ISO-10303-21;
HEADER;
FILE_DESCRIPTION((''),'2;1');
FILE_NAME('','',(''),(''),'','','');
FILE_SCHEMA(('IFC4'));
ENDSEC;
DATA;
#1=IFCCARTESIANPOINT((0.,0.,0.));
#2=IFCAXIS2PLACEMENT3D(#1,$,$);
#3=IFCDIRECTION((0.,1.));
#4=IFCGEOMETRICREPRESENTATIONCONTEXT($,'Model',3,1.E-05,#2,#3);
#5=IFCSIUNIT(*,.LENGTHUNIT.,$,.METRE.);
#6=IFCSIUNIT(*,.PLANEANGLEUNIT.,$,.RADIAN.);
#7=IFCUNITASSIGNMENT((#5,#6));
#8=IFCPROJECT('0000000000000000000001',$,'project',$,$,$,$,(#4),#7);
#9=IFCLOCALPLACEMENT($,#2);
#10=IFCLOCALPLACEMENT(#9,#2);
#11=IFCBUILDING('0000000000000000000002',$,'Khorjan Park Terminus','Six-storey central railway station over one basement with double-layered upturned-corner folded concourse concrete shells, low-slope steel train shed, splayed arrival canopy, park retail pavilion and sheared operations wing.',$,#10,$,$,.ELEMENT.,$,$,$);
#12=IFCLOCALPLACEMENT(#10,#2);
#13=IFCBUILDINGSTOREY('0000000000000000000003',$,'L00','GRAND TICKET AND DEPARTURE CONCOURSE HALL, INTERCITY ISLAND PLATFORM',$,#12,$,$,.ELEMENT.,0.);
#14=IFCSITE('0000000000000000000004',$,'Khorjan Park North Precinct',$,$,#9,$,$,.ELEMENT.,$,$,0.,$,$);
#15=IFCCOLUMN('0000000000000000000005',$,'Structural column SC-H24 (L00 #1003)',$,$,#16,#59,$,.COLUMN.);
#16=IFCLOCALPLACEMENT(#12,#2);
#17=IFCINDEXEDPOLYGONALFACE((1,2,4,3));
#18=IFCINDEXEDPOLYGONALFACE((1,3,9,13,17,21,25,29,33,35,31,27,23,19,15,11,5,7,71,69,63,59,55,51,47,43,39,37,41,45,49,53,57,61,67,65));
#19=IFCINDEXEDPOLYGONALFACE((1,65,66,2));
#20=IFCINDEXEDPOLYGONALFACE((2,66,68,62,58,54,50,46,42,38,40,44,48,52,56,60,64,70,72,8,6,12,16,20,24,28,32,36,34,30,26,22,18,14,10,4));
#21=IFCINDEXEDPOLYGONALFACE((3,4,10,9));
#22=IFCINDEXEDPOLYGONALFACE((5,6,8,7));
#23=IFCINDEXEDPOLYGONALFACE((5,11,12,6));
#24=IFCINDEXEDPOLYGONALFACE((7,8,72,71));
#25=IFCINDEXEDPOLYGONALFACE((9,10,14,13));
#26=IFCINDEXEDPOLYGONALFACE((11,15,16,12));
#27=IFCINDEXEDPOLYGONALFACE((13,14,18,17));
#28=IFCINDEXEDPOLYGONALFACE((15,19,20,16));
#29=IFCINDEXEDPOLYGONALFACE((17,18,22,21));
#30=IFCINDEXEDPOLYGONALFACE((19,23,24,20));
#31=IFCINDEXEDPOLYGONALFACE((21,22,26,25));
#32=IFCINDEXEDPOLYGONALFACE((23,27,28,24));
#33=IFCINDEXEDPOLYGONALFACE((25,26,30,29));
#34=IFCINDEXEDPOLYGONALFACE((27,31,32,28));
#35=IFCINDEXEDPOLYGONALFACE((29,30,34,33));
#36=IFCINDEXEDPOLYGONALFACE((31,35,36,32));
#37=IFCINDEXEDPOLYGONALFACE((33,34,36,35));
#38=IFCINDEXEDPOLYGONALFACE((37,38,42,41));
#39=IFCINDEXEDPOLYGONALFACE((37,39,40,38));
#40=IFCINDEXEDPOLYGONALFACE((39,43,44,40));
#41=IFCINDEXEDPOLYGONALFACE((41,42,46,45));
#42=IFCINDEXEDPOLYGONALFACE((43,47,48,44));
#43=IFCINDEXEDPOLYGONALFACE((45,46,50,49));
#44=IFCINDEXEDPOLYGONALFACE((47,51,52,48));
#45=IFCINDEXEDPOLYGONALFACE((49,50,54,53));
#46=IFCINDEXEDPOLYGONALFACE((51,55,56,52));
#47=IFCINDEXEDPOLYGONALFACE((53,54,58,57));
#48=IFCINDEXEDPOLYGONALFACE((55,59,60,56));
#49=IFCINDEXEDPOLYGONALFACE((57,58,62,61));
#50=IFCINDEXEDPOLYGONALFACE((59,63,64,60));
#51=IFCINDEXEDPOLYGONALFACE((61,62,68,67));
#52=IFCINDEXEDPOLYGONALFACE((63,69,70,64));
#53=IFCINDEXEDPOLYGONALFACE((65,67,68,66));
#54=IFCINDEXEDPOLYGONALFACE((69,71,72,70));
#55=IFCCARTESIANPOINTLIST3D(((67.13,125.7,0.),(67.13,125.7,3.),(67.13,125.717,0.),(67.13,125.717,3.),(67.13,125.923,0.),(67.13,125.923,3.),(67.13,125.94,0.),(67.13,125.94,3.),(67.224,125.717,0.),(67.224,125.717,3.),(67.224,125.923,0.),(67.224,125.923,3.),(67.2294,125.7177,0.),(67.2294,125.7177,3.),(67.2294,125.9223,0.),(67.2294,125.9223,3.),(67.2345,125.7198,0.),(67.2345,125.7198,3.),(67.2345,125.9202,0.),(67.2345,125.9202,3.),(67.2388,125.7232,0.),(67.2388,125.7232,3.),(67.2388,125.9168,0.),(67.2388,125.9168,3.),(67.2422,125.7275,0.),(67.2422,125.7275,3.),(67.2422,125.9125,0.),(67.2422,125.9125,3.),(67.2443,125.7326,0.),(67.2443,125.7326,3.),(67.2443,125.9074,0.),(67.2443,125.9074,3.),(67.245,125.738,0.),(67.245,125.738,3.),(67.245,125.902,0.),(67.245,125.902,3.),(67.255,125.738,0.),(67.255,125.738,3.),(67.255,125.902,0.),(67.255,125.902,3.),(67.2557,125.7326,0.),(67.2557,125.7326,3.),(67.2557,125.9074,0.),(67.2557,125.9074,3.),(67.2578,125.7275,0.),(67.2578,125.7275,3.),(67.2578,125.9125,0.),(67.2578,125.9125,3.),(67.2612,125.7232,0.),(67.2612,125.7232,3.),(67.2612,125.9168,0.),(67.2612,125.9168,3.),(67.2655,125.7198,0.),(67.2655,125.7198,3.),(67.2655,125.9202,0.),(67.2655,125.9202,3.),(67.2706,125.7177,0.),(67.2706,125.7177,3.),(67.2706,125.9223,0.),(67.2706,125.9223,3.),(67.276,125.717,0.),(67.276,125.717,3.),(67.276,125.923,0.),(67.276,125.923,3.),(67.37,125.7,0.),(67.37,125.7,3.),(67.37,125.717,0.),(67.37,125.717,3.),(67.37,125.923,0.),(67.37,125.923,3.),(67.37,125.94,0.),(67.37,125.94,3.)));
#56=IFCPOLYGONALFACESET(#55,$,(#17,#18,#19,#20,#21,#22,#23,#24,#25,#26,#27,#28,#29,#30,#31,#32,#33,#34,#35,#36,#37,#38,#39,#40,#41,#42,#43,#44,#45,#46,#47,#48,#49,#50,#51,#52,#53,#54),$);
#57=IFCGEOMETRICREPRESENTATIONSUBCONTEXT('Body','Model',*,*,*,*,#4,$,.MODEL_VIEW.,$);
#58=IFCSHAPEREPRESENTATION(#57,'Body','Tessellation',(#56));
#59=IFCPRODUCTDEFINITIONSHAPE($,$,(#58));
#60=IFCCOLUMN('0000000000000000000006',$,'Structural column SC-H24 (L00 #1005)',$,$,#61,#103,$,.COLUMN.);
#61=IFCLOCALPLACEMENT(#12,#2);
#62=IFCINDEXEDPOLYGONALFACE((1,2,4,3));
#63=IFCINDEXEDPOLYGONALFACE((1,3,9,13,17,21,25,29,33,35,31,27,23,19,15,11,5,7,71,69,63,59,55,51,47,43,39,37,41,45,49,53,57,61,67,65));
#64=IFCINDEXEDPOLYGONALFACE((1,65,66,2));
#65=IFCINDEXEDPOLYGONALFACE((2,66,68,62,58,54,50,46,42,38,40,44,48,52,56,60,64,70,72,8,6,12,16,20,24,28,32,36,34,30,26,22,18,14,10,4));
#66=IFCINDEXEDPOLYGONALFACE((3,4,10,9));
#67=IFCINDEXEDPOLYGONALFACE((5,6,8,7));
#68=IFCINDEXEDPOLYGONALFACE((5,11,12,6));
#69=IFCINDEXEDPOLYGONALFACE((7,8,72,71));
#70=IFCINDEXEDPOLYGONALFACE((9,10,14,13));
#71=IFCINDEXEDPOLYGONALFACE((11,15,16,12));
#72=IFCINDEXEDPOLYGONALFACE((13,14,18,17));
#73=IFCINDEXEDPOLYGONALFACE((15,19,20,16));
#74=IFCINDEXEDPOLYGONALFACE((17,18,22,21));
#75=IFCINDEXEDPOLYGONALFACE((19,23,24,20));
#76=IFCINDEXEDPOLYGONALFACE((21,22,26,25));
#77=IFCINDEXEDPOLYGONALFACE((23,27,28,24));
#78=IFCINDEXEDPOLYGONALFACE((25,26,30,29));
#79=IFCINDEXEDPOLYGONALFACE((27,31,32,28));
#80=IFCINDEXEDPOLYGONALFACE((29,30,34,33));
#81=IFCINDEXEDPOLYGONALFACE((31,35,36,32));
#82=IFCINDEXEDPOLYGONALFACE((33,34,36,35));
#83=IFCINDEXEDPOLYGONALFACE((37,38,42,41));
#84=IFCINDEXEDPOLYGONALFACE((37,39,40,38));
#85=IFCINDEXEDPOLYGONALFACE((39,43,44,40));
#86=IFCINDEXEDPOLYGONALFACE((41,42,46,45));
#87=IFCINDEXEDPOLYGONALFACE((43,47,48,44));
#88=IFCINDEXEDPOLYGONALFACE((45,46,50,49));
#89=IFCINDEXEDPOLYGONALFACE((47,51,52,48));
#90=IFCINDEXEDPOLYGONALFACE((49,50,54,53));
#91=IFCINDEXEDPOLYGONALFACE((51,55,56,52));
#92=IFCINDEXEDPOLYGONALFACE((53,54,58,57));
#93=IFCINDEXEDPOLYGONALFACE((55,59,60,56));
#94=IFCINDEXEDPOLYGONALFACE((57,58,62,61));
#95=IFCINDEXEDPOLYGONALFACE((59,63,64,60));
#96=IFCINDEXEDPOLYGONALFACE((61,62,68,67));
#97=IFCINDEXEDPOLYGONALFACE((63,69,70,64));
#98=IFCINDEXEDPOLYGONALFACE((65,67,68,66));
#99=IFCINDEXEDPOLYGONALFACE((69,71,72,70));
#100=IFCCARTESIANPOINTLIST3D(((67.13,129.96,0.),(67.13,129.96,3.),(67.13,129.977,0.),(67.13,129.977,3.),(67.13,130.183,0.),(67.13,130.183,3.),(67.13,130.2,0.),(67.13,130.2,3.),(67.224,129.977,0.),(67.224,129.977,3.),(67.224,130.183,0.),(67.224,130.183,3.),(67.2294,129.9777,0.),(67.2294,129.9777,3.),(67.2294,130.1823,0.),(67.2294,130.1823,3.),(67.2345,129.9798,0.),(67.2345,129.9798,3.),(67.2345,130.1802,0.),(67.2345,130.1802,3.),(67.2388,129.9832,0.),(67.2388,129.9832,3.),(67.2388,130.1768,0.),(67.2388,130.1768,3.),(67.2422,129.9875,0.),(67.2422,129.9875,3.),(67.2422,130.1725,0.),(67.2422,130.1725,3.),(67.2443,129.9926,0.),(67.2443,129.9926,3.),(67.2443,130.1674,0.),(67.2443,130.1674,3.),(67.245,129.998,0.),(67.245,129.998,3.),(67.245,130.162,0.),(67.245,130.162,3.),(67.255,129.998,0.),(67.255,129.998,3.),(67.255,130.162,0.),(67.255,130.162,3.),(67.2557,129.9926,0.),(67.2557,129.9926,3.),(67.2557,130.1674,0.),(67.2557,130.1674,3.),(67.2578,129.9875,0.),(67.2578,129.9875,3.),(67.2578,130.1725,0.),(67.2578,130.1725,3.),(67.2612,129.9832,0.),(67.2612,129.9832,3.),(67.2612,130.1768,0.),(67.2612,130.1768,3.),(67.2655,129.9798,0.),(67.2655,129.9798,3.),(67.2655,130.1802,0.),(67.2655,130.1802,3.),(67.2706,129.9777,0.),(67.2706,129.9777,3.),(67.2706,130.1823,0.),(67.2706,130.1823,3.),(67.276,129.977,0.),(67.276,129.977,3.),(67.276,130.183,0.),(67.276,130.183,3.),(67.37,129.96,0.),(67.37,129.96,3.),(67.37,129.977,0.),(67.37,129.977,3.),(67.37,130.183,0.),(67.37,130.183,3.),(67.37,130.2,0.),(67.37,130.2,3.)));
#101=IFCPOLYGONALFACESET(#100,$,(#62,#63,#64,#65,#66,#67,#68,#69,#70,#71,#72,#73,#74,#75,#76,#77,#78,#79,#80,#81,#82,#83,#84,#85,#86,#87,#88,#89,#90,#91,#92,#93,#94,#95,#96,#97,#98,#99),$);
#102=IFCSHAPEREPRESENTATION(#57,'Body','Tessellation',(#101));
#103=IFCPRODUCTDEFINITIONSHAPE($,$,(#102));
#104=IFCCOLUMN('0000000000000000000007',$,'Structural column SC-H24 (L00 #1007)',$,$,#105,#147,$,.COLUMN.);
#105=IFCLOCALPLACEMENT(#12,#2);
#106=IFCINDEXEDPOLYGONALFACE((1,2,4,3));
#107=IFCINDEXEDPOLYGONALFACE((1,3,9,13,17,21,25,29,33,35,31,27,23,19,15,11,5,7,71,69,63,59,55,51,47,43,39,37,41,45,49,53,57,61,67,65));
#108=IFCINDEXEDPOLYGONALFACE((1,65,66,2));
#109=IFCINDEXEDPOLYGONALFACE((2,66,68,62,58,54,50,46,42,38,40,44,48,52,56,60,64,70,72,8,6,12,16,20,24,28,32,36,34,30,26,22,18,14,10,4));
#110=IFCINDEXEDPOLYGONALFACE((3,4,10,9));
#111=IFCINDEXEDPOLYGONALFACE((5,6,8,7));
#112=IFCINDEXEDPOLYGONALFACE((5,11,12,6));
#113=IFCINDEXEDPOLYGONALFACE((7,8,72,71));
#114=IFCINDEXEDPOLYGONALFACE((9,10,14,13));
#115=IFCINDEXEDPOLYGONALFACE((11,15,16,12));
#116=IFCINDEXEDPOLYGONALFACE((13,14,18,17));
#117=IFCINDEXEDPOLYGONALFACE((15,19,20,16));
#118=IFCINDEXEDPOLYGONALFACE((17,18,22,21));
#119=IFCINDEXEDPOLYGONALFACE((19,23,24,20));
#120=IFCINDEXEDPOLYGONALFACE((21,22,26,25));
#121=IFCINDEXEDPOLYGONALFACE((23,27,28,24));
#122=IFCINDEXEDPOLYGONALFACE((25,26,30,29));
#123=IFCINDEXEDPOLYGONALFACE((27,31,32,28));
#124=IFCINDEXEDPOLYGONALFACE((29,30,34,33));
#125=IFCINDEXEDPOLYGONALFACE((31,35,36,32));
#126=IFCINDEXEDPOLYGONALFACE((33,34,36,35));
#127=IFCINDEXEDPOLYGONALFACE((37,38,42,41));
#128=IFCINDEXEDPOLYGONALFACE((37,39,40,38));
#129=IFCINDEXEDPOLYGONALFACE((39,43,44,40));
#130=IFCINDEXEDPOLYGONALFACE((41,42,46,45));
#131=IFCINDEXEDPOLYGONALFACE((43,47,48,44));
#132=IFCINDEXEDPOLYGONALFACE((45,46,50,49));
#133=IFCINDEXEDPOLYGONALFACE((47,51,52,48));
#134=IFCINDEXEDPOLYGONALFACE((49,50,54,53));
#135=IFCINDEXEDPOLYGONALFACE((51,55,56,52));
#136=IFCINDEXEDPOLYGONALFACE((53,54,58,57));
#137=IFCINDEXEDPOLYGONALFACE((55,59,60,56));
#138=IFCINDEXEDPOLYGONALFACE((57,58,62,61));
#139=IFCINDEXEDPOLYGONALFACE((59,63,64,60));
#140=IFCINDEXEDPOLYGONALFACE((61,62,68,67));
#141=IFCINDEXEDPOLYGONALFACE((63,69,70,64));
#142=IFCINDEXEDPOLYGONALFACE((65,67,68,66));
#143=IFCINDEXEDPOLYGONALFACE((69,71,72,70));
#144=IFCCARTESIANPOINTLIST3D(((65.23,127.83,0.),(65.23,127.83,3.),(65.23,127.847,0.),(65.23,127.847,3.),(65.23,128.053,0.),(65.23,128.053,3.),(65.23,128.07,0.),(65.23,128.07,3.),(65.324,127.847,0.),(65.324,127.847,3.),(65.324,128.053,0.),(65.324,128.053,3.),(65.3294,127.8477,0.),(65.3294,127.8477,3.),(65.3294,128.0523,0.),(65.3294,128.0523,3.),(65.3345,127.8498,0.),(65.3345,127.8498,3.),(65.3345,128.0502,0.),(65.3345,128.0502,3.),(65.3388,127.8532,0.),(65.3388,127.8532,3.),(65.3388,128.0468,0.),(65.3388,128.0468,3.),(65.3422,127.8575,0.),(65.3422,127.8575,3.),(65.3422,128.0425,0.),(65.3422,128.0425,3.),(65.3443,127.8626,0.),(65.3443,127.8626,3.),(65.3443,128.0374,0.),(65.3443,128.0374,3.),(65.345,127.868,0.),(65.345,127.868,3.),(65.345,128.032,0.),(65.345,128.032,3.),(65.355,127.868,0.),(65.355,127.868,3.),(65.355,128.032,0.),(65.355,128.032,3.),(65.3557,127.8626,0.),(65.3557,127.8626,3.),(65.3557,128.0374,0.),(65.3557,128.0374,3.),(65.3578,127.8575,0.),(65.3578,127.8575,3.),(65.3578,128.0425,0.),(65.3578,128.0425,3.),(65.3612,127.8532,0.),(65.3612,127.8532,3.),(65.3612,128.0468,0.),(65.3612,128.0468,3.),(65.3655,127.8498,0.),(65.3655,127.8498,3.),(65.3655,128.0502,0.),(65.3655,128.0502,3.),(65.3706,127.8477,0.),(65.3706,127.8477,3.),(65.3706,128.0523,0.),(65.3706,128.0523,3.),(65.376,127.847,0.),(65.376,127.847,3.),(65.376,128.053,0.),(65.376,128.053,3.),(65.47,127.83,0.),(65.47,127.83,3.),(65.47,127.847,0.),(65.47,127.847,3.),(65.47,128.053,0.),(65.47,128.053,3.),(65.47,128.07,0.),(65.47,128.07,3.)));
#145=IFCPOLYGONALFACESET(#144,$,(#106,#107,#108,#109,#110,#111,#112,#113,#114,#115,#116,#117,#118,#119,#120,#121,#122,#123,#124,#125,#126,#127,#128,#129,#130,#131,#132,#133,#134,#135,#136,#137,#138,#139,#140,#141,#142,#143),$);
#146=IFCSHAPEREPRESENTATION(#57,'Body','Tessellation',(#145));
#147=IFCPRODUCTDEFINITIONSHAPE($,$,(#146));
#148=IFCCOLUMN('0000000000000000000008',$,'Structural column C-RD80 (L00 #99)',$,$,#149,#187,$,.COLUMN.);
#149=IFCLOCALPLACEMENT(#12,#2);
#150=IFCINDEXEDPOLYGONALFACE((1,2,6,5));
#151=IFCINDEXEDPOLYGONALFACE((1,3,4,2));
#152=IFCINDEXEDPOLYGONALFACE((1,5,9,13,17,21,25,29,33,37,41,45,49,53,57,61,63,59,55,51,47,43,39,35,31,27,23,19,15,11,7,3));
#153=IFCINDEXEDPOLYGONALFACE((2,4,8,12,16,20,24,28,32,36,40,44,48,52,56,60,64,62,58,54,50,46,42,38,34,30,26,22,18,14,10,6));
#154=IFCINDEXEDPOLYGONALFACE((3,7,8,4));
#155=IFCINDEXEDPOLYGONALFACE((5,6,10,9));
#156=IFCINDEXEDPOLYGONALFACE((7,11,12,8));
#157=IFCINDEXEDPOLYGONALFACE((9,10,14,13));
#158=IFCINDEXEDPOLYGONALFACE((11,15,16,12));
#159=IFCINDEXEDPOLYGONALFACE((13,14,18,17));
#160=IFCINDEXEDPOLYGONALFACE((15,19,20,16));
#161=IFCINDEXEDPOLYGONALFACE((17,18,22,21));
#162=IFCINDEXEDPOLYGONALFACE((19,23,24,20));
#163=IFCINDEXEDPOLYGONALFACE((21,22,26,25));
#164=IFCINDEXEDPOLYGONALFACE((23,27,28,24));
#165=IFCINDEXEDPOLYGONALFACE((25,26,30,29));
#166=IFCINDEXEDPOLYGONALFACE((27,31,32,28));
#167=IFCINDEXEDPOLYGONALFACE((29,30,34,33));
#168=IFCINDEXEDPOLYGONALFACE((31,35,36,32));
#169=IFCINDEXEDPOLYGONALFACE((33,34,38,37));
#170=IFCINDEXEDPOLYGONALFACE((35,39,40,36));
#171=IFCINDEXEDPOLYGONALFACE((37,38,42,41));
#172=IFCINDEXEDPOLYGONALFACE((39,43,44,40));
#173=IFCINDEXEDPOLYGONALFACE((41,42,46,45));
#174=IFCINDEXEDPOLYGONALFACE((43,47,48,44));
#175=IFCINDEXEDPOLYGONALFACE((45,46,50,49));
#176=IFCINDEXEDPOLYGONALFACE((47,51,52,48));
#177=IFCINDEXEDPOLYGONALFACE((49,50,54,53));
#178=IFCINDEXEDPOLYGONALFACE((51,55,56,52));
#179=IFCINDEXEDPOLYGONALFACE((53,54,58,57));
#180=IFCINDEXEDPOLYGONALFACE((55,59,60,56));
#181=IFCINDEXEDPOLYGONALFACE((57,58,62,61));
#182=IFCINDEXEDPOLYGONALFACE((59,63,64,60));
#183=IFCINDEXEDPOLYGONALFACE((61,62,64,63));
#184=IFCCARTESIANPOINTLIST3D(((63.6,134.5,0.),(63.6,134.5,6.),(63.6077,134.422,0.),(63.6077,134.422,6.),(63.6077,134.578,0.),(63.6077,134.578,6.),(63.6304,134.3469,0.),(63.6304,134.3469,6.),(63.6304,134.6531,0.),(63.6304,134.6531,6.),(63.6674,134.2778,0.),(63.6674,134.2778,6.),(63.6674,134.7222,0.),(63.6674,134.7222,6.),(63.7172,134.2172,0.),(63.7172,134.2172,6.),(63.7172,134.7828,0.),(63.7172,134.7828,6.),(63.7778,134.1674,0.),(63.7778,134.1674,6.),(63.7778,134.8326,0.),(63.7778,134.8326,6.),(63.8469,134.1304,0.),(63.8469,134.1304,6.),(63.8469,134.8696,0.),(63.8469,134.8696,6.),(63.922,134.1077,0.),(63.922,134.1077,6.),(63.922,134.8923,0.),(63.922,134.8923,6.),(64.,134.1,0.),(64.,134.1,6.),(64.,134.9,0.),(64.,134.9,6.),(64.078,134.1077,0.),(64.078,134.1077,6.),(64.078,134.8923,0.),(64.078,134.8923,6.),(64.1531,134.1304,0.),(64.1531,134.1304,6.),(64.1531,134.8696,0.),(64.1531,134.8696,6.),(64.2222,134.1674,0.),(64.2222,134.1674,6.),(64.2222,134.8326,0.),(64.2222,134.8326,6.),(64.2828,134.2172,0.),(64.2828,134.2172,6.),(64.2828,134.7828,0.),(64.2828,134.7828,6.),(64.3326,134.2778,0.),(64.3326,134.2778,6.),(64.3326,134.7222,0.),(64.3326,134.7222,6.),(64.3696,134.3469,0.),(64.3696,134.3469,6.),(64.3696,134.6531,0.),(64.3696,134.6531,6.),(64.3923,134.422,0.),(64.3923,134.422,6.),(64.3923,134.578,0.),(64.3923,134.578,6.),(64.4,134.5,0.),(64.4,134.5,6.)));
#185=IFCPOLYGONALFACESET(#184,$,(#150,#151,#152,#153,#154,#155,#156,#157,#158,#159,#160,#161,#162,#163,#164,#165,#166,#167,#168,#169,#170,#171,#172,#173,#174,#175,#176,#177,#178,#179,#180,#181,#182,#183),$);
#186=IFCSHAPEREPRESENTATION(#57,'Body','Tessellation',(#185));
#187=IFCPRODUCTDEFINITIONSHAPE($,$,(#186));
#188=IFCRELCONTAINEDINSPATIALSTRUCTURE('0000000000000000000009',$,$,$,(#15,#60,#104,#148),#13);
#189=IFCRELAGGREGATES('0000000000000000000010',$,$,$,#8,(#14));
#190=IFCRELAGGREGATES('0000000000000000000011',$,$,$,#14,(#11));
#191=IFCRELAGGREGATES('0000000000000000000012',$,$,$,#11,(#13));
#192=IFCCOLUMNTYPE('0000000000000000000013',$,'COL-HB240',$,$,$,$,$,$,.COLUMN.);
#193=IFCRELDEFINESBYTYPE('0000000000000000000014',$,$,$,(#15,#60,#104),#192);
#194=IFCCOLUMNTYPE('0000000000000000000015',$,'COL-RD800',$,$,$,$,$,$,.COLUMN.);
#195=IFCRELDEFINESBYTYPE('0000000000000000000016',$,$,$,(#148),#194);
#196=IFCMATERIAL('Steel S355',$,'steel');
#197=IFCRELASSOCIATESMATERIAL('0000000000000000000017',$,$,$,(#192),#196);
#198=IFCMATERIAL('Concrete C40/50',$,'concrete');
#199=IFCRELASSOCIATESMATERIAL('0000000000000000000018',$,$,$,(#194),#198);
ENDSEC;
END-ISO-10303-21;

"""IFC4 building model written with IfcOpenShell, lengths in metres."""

from ifc_helpers import new_model, si_unit, direction, frame, origin, origin_2d, place, context, subcontext, project, spatial, circle, i_section, extrude, material, material_profile, profile_set, type_object, element, save


model = new_model("IFC4")

# Units and contexts
model_context = context("Model", 3, precision=1e-05, world=origin(), true_north=direction((0.0, 1.0)))
body_context = subcontext(model_context, "Body", "Model", "MODEL_VIEW")
ifc_project = project(units=[si_unit("LENGTHUNIT", "METRE"), si_unit("PLANEANGLEUNIT", "RADIAN")], contexts=[model_context])

# Site, building, storey
site_placement = place(None, origin())
site = spatial("IfcSite", under=ifc_project, at=site_placement, Name="Khorjan Park North Precinct", CompositionType="ELEMENT", RefElevation=0.0)
building_placement = place(site_placement, origin())
building = spatial("IfcBuilding", under=site, at=building_placement, Name="Khorjan Park Terminus", Description="Six-storey central railway station over one basement with double-layered upturned-corner folded concourse concrete shells, low-slope steel train shed, splayed arrival canopy, park retail pavilion and sheared operations wing.", CompositionType="ELEMENT")
storey_placement = place(building_placement, origin())
storey = spatial("IfcBuildingStorey", under=building, at=storey_placement, Name="L00", Description="GRAND TICKET AND DEPARTURE CONCOURSE HALL, INTERCITY ISLAND PLATFORM", CompositionType="ELEMENT", Elevation=0.0)

# Columns
ifc_material_1 = material(Name="Steel S355", Category="steel")
ifc_material_profile_1 = material_profile(ifc_material_1, i_section(OverallWidth=0.24, OverallDepth=0.24, WebThickness=0.01, FlangeThickness=0.017, FilletRadius=0.021, at=origin_2d()), Name="HEB 240")
ifc_profile_set_1 = profile_set([ifc_material_profile_1], Name="Steel S355")
column_type_1 = type_object("IfcColumnType", Name="COL-HB240", PredefinedType="COLUMN", material=ifc_profile_set_1)
for number, where, z_axis, x_axis, name in (
    (1, (67.25, 125.82, 0.0), (0.0, 0.0, 1.0), (1.0, 0.0, 0.0), "Structural column SC-H24 (L00 #1003)"),
    (2, (67.25, 130.08, 0.0), (0.0, 0.0, 1.0), (1.0, 0.0, 0.0), "Structural column SC-H24 (L00 #1005)"),
    (3, (65.35, 127.95, 0.0), (0.0, 0.0, 1.0), (1.0, 0.0, 0.0), "Structural column SC-H24 (L00 #1007)"),
):
    element("IfcColumn", number, at=place(storey_placement, frame(where, z_axis=z_axis, x_axis=x_axis)), inside=storey, type_object=column_type_1, Name=name, PredefinedType="COLUMN", context=body_context, shape_type="SweptSolid", body=[
        extrude(i_section(OverallWidth=0.24, OverallDepth=0.24, WebThickness=0.01, FlangeThickness=0.017, FilletRadius=0.021, at=origin_2d()), origin(), (0.0, 0.0, 1.0), 3.0),
    ])
ifc_material_2 = material(Name="Concrete C40/50", Category="concrete")
ifc_material_profile_2 = material_profile(ifc_material_2, circle(Radius=0.4, at=origin_2d()), Name="RC D800")
ifc_profile_set_2 = profile_set([ifc_material_profile_2], Name="Concrete C40/50")
column_type_2 = type_object("IfcColumnType", Name="COL-RD800", PredefinedType="COLUMN", material=ifc_profile_set_2)
column_1_placement = place(storey_placement, frame((64.0, 134.5, 0.0), z_axis=(0.0, 0.0, 1.0), x_axis=(1.0, 0.0, 0.0)))
element("IfcColumn", 4, at=column_1_placement, inside=storey, type_object=column_type_2, Name="Structural column C-RD80 (L00 #99)", PredefinedType="COLUMN", context=body_context, shape_type="SweptSolid", body=[
    extrude(circle(Radius=0.4, at=origin_2d()), origin(), (0.0, 0.0, 1.0), 6.0),
])

save(model, "model.ifc")
